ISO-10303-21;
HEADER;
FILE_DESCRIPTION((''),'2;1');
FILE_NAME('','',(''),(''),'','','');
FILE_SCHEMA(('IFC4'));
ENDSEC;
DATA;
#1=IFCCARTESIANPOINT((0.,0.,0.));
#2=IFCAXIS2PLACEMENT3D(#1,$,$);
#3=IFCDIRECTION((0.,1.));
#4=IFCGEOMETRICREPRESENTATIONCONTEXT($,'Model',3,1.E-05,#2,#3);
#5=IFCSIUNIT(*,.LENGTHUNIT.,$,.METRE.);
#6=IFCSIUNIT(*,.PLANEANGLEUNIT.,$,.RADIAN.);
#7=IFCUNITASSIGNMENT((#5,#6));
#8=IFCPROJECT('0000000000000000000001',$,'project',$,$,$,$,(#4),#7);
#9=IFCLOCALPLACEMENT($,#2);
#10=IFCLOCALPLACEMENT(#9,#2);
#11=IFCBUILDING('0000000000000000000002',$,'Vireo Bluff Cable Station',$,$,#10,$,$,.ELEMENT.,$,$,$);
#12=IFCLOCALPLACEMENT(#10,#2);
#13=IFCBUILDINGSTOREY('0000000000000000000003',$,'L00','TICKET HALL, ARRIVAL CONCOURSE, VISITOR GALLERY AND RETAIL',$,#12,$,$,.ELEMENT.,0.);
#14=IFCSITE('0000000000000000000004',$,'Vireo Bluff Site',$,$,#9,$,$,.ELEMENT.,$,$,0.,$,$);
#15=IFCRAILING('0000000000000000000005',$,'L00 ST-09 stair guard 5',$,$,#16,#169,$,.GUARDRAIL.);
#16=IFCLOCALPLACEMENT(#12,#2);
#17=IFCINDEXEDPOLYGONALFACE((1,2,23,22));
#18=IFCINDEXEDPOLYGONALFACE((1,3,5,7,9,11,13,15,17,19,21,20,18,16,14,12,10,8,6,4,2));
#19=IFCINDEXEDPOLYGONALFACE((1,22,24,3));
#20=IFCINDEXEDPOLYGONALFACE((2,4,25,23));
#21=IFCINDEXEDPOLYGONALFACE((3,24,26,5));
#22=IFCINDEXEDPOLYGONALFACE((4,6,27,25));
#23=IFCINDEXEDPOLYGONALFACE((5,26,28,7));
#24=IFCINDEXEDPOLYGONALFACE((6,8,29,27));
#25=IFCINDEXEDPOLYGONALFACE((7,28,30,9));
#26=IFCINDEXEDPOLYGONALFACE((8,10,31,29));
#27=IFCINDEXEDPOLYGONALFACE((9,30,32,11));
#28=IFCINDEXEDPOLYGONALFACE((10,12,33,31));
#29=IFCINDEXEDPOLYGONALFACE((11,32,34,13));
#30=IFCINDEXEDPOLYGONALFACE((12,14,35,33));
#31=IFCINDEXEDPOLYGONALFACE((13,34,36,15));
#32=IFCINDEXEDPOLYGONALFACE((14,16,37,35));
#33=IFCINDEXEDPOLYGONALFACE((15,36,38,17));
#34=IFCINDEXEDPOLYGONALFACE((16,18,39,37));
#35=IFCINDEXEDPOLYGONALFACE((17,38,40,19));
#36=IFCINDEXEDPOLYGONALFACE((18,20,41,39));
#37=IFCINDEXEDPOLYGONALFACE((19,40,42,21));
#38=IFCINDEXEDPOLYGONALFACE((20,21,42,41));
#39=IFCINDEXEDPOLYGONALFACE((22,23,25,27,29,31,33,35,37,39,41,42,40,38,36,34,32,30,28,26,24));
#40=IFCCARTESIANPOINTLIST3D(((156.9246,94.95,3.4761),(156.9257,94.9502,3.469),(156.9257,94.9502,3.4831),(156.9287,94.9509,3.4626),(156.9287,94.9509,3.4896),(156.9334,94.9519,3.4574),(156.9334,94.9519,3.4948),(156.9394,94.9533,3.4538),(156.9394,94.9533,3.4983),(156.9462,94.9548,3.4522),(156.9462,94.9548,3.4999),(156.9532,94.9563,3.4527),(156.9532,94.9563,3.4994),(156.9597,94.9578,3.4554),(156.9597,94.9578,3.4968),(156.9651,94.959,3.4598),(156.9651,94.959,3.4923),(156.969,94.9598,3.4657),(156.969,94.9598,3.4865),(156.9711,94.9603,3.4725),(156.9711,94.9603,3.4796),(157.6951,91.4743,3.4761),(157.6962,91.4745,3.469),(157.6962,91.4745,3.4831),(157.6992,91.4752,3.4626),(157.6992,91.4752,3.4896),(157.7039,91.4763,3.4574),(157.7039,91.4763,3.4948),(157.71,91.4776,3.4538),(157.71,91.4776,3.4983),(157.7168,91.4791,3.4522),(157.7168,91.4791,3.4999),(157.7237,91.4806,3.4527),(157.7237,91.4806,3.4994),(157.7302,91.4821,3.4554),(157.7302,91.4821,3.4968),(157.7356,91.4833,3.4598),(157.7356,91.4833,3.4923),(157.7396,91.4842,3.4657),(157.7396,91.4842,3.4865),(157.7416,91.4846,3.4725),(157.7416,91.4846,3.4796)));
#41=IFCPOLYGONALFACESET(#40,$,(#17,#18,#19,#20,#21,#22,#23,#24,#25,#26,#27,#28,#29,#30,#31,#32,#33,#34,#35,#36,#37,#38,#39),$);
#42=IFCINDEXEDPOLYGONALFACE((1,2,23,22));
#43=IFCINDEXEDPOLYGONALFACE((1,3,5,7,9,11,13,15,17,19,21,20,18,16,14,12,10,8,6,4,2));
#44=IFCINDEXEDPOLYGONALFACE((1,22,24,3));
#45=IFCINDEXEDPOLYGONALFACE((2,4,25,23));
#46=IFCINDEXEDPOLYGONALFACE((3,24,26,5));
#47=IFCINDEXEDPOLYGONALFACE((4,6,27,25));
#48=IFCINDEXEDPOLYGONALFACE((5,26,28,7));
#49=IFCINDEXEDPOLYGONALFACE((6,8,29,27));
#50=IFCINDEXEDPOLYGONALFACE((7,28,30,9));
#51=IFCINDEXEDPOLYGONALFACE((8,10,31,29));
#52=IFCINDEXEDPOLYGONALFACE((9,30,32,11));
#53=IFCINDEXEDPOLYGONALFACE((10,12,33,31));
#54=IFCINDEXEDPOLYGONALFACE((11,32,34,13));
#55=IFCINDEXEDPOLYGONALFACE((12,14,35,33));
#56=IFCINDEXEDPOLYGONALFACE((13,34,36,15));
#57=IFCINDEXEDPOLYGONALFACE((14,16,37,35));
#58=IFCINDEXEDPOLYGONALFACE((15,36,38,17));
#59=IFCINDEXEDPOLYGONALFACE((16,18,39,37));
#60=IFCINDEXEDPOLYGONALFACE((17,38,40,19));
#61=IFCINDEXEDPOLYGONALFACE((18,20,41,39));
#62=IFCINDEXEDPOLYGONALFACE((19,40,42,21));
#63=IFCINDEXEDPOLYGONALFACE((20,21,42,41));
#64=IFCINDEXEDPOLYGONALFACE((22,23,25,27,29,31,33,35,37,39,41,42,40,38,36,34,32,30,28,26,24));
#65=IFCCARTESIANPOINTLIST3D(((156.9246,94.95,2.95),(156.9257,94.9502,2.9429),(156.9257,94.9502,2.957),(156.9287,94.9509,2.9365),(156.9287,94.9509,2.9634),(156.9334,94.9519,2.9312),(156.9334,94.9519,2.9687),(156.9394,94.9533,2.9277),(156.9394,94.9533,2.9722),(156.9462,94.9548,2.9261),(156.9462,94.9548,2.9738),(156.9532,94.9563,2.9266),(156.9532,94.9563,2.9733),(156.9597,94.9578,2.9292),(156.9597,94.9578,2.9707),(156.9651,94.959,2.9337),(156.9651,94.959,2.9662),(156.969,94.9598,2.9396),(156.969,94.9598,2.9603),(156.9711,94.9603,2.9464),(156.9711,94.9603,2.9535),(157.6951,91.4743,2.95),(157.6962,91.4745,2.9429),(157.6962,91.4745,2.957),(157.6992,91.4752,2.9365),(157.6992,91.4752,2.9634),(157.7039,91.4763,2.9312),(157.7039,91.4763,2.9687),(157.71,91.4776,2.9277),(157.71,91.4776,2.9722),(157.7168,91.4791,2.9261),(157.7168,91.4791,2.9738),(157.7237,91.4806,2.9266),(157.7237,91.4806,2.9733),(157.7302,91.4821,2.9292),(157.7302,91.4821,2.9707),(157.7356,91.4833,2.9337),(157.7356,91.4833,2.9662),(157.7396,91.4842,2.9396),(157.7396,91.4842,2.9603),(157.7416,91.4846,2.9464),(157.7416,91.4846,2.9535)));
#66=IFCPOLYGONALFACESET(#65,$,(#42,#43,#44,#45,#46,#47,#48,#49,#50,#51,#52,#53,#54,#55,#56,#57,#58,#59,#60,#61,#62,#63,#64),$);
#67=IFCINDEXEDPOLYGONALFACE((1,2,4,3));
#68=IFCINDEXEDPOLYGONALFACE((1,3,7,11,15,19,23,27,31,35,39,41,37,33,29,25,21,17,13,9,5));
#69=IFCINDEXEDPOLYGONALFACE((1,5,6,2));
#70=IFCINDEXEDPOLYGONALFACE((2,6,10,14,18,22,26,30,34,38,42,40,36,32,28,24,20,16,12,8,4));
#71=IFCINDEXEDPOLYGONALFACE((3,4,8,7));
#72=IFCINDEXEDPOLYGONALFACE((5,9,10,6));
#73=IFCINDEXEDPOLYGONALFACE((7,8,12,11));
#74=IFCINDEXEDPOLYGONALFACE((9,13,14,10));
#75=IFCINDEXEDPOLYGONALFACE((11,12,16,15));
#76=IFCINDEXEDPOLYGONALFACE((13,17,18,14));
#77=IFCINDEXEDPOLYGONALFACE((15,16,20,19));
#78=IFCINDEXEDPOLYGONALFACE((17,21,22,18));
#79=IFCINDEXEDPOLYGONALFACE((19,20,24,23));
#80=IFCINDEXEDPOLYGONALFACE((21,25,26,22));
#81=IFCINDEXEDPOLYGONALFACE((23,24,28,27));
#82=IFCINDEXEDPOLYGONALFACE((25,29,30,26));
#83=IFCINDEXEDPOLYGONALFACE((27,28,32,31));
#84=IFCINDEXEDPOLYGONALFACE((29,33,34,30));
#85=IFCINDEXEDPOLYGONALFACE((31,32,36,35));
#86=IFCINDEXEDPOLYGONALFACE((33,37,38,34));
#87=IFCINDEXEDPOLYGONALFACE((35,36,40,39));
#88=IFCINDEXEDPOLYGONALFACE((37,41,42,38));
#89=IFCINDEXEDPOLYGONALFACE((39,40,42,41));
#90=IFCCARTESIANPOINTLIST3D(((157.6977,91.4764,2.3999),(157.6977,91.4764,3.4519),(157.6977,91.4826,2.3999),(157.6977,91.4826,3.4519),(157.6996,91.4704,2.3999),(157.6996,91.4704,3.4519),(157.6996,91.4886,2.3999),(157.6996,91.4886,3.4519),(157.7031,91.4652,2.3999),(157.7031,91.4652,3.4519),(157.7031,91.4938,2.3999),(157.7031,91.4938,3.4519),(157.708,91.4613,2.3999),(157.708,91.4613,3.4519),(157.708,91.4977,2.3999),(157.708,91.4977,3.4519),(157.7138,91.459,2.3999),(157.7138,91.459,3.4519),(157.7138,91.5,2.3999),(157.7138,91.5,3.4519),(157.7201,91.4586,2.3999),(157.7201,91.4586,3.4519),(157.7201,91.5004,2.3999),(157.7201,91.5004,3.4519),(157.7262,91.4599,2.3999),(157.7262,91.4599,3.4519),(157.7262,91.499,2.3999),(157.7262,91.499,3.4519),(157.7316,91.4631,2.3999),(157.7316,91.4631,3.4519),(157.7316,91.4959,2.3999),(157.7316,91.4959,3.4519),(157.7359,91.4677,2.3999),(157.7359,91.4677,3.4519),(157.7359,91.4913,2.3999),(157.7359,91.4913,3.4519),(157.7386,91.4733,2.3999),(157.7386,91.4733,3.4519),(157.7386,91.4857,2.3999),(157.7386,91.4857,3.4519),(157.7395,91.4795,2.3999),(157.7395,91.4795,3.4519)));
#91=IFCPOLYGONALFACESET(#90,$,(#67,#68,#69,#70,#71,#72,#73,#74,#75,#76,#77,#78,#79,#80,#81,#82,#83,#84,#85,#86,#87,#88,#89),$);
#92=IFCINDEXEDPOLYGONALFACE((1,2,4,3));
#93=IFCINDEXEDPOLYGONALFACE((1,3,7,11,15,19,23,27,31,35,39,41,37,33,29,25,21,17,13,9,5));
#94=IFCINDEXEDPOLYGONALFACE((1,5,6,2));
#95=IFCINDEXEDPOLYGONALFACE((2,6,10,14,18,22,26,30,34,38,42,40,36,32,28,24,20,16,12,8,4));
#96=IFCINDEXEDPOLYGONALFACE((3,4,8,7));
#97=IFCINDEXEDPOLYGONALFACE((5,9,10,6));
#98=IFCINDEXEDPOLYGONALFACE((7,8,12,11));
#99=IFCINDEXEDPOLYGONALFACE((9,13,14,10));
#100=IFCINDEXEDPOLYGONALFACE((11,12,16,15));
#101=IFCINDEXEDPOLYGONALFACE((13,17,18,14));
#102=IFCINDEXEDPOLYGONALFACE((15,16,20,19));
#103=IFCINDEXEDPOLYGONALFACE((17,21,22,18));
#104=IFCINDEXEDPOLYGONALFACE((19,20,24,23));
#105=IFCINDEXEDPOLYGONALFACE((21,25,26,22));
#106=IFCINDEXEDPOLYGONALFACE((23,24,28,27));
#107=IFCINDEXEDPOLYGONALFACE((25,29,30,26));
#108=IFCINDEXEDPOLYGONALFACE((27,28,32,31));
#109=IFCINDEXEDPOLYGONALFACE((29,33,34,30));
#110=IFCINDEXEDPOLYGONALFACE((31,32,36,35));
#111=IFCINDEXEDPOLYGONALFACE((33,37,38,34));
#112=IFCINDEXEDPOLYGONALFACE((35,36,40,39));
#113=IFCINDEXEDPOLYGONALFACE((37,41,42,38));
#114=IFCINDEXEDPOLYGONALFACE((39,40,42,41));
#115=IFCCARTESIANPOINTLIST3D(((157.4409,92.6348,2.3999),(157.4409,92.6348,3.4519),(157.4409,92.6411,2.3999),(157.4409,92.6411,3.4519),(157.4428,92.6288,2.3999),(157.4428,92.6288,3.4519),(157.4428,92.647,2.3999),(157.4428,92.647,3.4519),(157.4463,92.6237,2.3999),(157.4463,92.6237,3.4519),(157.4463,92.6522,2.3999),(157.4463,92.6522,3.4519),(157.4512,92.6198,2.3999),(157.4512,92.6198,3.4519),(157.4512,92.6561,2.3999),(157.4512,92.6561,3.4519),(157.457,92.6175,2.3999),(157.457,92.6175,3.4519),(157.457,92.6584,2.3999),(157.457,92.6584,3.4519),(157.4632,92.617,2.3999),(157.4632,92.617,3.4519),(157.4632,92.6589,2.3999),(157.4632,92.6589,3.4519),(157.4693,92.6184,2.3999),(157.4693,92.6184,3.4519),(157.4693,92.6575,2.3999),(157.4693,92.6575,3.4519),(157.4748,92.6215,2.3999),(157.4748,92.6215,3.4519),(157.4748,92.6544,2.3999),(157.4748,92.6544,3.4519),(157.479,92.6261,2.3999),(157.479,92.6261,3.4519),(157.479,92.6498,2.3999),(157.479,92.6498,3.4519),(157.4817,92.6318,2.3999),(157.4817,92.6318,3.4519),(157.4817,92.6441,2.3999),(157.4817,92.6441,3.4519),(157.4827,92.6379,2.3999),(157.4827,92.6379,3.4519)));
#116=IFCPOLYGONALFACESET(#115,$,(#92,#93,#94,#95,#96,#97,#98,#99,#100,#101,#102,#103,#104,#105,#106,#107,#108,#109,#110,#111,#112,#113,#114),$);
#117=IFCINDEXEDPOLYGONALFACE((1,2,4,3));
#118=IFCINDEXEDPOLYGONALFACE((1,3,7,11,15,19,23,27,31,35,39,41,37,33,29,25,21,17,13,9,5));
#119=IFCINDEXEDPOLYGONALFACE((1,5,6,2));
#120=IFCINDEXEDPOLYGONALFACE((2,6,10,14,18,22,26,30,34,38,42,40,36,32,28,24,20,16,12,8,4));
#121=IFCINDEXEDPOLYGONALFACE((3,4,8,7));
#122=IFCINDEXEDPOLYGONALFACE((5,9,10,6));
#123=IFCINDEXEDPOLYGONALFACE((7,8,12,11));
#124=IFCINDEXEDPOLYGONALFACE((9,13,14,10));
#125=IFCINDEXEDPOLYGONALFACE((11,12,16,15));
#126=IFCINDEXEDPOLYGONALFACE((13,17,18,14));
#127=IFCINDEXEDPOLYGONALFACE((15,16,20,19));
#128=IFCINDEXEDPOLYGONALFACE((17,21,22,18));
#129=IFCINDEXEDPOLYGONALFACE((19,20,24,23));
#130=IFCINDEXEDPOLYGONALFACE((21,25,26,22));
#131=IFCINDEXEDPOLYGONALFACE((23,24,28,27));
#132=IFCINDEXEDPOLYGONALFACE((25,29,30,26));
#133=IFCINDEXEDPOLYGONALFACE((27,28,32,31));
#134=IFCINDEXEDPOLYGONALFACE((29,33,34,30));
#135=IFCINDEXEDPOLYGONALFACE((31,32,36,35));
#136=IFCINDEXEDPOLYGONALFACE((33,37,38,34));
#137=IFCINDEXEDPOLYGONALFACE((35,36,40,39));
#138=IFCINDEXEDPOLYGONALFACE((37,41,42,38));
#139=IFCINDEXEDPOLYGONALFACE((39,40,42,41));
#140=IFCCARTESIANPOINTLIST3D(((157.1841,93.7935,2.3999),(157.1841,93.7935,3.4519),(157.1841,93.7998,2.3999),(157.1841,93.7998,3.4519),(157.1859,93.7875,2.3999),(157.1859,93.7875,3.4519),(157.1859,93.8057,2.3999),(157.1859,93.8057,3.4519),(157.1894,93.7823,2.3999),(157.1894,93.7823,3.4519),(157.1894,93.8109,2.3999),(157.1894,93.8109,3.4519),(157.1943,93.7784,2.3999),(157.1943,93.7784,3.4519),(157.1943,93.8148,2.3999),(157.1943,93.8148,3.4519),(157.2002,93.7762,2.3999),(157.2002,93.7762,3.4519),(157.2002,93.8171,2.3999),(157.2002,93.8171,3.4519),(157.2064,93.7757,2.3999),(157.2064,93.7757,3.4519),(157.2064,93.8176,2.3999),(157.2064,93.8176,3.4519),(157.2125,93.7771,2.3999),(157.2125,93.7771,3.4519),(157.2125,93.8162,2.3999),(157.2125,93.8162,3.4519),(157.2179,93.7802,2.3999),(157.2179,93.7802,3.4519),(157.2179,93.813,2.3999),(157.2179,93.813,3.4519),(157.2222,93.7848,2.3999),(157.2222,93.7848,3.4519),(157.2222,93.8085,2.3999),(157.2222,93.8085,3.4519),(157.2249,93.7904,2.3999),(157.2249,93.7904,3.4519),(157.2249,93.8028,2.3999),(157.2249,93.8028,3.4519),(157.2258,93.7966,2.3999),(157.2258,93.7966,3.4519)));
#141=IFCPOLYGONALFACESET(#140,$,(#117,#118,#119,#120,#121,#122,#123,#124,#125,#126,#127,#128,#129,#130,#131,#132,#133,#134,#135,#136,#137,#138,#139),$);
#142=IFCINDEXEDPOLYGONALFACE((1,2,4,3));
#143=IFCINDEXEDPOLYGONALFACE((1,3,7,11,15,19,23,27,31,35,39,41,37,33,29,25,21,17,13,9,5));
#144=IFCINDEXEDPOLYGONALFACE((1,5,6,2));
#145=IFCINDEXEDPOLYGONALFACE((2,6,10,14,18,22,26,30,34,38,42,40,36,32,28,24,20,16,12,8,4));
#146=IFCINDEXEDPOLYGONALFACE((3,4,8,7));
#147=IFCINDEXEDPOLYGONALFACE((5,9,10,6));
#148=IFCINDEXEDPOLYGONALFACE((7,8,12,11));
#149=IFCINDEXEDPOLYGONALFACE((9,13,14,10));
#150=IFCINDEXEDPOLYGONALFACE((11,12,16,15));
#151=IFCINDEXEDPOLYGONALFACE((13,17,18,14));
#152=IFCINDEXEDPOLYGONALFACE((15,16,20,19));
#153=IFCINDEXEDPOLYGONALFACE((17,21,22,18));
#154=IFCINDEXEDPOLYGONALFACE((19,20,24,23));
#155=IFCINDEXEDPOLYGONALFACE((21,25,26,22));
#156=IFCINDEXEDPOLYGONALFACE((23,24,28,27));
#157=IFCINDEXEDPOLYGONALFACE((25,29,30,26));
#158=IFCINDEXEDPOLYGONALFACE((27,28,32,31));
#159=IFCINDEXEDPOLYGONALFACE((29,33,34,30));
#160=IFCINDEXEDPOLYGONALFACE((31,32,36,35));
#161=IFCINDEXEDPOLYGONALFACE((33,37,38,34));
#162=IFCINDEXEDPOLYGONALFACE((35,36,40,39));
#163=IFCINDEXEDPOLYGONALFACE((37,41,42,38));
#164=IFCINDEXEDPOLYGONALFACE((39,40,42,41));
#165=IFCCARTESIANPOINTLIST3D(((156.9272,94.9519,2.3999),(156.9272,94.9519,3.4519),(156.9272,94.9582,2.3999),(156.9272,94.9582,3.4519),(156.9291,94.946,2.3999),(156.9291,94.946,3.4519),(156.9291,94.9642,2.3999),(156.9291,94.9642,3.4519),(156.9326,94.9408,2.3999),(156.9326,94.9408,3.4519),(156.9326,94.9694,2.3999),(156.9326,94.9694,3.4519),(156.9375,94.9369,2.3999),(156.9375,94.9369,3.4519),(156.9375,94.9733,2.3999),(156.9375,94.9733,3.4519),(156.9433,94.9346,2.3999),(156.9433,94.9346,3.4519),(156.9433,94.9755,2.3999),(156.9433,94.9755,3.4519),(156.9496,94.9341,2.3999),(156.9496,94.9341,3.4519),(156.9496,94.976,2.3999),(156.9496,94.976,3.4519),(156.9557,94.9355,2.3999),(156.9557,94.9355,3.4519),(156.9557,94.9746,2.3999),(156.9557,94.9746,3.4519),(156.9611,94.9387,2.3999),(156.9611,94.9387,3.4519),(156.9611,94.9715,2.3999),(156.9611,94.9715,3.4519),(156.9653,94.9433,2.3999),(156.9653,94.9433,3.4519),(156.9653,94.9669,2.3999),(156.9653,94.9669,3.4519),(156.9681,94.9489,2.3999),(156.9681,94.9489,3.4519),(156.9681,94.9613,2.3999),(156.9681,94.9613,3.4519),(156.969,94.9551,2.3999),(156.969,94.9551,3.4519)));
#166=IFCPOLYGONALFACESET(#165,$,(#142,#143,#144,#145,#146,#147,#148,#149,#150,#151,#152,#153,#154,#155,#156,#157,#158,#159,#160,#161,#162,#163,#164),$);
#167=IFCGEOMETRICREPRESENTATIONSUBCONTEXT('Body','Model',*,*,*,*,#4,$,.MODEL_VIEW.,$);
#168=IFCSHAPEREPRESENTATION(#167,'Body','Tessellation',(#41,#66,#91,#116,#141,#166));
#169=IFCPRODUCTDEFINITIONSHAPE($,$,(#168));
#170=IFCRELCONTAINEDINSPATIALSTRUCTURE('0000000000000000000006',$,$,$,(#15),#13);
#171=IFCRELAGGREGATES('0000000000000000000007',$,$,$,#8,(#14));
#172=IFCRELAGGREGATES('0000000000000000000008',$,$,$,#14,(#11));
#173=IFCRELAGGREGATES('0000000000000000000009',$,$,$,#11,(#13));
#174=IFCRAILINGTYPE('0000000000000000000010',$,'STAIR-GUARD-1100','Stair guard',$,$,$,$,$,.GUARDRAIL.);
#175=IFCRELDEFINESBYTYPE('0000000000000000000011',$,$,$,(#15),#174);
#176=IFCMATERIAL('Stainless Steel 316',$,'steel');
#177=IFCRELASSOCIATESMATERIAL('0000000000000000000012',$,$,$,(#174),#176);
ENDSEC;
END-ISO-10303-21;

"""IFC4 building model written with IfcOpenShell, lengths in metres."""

from ifc_helpers import new_model, si_unit, direction, frame, origin, origin_2d, place, context, subcontext, project, spatial, circle, extrude, material, type_object, element, save


model = new_model("IFC4")

# Units and contexts
model_context = context("Model", 3, precision=1e-05, world=origin(), true_north=direction((0.0, 1.0)))
body_context = subcontext(model_context, "Body", "Model", "MODEL_VIEW")
ifc_project = project(units=[si_unit("LENGTHUNIT", "METRE"), si_unit("PLANEANGLEUNIT", "RADIAN")], contexts=[model_context])

# Site, building, storey
site_placement = place(None, origin())
site = spatial("IfcSite", under=ifc_project, at=site_placement, Name="Vireo Bluff Site", CompositionType="ELEMENT", RefElevation=0.0)
building_placement = place(site_placement, origin())
building = spatial("IfcBuilding", under=site, at=building_placement, Name="Vireo Bluff Cable Station", CompositionType="ELEMENT")
storey_placement = place(building_placement, origin())
storey = spatial("IfcBuildingStorey", under=building, at=storey_placement, Name="L00", Description="TICKET HALL, ARRIVAL CONCOURSE, VISITOR GALLERY AND RETAIL", CompositionType="ELEMENT", Elevation=0.0)

# Railing
ifc_material_1 = material(Name="Stainless Steel 316", Category="steel")
railing_type_1 = type_object("IfcRailingType", Name="STAIR-GUARD-1100", Description="Stair guard", PredefinedType="GUARDRAIL", material=ifc_material_1)
railing_1_placement = place(storey_placement, frame((157.7185, 91.4795, 2.3999)))
element("IfcRailing", 1, at=railing_1_placement, inside=storey, type_object=railing_type_1, Name="L00 ST-09 stair guard 5", PredefinedType="GUARDRAIL", context=body_context, shape_type="SweptSolid", body=[
    extrude(circle(Radius=0.0239, at=origin_2d()), frame((0.0, 0.0, 1.0762), z_axis=(-0.216437, 0.976297, 0.0), x_axis=(-0.976297, -0.216437, 0.0)), (0.0, 0.0, 1.0), 3.5601),
    extrude(circle(Radius=0.0239, at=origin_2d()), frame((0.0, 0.0, 0.55), z_axis=(-0.216437, 0.976297, 0.0), x_axis=(-0.976297, -0.216437, 0.0)), (0.0, 0.0, 1.0), 3.5601),
    extrude(circle(Radius=0.021, at=origin_2d()), origin(), (0.0, 0.0, 1.0), 1.052),
    extrude(circle(Radius=0.021, at=origin_2d()), frame((-0.2568, 1.1584, 0.0)), (0.0, 0.0, 1.0), 1.052),
    extrude(circle(Radius=0.021, at=origin_2d()), frame((-0.5137, 2.3171, 0.0)), (0.0, 0.0, 1.0), 1.052),
    extrude(circle(Radius=0.021, at=origin_2d()), frame((-0.7705, 3.4756, 0.0)), (0.0, 0.0, 1.0), 1.052),
])

save(model, "model.ifc")
